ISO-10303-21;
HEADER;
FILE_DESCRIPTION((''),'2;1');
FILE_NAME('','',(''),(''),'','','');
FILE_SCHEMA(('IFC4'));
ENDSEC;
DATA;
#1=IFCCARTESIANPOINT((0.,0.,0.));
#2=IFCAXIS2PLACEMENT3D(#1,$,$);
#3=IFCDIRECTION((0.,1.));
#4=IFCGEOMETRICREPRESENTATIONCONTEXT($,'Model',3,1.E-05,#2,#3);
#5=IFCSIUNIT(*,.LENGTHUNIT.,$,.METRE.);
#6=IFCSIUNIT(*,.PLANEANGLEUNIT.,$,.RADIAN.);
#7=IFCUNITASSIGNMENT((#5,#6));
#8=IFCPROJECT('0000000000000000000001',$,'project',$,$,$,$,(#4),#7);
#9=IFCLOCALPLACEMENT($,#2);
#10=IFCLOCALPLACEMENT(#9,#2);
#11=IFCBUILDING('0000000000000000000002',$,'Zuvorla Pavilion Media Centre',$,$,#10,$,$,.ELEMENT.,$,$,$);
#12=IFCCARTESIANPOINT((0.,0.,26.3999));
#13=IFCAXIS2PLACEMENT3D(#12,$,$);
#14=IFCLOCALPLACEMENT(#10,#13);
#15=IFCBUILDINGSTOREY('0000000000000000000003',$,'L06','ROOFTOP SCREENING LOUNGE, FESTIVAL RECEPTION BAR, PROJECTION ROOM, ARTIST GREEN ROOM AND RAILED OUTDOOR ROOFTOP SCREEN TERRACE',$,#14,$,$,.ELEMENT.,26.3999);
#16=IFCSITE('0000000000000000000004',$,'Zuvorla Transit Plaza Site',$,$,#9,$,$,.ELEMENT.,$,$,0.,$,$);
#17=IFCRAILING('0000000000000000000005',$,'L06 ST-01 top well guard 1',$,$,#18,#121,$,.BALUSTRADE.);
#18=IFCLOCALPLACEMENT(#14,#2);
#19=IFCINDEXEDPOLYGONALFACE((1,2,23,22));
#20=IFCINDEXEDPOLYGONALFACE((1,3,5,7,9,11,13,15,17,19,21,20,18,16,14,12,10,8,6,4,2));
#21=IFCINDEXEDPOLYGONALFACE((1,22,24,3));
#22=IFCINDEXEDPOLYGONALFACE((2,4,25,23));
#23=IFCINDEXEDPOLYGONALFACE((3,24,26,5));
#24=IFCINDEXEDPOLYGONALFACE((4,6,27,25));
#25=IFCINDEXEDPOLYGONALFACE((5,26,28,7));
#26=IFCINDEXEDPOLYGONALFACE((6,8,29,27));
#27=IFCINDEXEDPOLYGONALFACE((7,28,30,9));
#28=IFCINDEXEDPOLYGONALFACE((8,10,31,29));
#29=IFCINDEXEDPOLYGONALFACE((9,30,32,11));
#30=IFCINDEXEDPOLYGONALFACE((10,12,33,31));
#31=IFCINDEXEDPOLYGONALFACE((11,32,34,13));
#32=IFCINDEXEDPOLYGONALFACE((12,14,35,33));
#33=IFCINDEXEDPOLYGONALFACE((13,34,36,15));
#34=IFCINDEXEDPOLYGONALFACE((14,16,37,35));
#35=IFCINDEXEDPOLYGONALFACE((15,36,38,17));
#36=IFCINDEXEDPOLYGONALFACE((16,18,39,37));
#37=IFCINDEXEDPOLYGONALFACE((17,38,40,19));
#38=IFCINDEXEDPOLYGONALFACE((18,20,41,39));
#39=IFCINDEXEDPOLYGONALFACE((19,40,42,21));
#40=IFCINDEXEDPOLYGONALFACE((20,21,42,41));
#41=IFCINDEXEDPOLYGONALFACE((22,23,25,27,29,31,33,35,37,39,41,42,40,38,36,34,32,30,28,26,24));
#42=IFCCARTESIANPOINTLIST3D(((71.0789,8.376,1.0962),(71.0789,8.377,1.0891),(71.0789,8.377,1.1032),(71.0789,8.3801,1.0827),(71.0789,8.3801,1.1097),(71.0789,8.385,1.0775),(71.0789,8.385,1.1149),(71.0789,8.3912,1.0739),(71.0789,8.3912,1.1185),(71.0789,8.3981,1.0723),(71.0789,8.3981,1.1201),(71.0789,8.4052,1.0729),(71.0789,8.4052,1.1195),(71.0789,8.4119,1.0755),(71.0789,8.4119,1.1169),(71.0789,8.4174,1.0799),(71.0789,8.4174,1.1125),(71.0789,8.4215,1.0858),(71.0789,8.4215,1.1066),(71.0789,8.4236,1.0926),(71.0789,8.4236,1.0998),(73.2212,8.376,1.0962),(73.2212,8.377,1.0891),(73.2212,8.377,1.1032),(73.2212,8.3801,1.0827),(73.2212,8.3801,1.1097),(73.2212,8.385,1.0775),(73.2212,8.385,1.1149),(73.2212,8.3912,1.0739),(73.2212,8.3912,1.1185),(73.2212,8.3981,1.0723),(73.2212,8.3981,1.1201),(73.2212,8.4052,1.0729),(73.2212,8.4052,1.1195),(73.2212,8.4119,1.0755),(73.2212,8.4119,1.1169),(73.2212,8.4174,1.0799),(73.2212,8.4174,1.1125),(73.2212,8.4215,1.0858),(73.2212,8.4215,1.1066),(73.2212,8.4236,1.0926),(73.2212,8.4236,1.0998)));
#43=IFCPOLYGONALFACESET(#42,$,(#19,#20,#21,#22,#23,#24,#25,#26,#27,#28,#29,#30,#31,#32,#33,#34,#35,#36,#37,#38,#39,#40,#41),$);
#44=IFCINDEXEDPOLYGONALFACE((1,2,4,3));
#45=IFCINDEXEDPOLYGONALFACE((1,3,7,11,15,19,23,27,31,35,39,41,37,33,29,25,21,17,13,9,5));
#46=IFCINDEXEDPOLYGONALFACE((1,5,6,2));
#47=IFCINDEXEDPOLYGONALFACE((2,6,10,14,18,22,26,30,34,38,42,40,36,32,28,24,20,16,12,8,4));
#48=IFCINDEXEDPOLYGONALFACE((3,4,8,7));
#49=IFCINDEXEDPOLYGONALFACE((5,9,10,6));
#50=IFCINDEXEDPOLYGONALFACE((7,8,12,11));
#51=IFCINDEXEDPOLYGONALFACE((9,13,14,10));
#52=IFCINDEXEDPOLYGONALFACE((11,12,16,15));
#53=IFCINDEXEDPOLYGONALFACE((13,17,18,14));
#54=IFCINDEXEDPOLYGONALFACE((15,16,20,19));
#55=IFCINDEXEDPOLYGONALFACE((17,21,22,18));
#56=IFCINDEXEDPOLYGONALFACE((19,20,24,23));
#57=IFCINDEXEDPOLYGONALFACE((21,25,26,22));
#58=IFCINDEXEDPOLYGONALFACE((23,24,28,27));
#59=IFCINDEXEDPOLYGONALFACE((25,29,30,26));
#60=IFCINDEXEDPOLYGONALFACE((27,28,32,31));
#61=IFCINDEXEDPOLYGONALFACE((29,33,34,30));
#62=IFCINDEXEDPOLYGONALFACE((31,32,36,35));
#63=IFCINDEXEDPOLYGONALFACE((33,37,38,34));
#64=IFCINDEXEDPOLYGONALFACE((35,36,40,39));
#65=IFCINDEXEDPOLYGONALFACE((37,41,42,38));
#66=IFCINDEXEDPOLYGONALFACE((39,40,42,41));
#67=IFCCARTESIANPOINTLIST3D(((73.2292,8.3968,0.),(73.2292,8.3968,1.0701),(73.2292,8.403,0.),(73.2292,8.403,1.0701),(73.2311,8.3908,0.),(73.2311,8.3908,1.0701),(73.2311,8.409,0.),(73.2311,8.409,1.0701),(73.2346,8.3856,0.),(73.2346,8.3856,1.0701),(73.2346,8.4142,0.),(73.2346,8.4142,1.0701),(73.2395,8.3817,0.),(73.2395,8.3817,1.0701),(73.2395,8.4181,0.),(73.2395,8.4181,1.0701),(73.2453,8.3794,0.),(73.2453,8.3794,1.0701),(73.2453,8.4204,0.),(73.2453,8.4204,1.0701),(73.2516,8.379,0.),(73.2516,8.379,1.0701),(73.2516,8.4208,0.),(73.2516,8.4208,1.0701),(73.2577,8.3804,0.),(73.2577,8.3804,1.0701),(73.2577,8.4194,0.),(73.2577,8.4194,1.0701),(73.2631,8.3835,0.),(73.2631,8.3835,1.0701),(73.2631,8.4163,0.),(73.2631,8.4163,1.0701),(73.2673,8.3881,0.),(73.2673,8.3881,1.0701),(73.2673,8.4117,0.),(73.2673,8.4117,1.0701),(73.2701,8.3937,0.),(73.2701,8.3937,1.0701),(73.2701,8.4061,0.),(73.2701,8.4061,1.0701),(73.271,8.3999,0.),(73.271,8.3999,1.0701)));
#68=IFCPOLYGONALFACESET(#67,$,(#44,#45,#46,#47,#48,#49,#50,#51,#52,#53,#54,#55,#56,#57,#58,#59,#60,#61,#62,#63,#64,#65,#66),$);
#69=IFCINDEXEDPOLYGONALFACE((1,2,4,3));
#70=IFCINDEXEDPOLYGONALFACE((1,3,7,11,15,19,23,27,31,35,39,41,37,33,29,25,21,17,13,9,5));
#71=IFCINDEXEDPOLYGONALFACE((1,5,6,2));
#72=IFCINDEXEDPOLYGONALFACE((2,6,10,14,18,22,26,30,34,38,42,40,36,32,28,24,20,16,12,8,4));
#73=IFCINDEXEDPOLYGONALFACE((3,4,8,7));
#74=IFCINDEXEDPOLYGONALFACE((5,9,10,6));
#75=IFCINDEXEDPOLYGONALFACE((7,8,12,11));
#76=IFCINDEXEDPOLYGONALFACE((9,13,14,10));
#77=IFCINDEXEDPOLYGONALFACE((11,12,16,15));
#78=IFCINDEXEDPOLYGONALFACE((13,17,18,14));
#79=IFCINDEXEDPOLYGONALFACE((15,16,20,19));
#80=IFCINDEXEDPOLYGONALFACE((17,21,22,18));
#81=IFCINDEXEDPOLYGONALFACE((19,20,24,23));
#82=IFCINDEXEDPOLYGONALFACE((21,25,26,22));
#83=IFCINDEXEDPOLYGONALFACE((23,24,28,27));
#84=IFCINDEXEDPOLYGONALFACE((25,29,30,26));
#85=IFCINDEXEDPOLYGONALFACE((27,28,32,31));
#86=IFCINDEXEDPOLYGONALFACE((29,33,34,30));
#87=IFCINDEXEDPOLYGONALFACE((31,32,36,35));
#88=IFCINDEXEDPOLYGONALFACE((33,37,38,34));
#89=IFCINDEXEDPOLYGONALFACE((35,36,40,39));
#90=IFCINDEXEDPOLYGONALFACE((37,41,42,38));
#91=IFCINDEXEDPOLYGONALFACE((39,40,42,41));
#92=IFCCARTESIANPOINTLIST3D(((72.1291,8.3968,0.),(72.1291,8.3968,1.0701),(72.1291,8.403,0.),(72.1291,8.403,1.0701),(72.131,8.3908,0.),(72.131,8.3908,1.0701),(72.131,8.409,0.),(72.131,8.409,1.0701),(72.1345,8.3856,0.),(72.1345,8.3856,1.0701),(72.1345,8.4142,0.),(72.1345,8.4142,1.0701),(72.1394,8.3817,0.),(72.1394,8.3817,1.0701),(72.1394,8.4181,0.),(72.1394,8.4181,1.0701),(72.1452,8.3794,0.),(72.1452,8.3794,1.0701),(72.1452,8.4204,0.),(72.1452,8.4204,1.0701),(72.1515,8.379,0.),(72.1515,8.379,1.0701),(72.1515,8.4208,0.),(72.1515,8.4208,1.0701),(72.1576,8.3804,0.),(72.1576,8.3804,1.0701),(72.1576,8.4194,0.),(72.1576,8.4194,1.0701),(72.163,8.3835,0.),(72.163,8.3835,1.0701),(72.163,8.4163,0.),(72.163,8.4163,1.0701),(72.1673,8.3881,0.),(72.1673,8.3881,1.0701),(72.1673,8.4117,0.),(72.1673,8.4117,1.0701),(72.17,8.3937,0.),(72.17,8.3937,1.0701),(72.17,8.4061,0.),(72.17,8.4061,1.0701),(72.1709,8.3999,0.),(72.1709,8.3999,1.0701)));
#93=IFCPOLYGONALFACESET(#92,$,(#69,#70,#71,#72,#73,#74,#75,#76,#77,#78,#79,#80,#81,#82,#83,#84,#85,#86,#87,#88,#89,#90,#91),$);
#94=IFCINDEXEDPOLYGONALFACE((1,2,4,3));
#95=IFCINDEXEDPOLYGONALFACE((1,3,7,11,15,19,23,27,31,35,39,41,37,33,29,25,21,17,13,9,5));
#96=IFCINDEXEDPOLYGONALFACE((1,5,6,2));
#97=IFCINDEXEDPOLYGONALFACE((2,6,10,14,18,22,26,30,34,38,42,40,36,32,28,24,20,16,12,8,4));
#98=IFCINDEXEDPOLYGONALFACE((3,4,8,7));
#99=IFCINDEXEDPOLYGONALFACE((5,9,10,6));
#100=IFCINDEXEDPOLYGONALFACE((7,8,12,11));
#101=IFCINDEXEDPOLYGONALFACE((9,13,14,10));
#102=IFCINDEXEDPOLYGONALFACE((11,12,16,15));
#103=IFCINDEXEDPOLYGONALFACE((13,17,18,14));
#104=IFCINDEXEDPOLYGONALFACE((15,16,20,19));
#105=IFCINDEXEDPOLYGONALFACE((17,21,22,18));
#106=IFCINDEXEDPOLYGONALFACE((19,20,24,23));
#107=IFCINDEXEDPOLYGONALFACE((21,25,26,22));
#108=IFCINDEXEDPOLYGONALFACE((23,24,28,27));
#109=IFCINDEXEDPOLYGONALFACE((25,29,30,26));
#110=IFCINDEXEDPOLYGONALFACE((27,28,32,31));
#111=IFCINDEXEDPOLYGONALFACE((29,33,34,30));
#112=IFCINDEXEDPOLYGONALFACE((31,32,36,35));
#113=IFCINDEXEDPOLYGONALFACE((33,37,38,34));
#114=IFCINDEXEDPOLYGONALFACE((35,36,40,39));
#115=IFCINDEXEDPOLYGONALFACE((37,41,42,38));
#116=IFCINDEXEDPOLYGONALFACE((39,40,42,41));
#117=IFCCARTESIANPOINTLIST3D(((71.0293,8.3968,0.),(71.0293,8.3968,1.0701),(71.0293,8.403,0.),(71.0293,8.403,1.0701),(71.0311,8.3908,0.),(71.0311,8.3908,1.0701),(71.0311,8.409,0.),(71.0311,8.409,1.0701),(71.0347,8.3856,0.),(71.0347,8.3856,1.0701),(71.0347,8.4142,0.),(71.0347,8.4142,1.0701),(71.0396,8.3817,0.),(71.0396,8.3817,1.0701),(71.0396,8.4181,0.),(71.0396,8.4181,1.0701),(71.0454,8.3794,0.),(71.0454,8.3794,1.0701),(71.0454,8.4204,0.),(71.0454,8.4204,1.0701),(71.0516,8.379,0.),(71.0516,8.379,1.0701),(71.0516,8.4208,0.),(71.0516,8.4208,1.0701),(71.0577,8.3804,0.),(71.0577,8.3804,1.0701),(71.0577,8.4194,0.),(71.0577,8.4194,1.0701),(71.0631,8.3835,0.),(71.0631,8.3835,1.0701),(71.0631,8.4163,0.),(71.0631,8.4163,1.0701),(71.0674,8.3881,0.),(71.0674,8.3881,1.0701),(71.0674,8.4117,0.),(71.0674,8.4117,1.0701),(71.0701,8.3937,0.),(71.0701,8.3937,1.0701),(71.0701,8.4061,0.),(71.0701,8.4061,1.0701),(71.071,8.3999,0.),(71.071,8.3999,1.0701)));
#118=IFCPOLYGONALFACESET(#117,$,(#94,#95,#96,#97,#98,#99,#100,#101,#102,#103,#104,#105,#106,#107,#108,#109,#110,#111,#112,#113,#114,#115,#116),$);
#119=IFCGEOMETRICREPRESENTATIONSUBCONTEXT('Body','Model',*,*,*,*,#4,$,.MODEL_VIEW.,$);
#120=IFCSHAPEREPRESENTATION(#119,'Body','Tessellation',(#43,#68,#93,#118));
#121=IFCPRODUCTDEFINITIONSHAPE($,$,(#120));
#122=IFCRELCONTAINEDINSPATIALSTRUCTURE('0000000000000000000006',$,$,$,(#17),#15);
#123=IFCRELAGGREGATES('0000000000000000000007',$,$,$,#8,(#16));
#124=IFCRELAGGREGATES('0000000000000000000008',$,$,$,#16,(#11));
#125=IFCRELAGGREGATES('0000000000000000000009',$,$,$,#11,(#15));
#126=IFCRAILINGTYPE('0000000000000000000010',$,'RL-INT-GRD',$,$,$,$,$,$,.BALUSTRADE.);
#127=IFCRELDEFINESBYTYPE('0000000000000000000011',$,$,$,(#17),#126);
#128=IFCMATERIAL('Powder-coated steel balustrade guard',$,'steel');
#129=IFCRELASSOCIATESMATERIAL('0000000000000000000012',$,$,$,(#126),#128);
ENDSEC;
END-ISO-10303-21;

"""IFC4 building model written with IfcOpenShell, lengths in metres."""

from ifc_helpers import new_model, si_unit, direction, frame, origin, origin_2d, place, context, subcontext, project, spatial, circle, extrude, material, type_object, element, save


model = new_model("IFC4")

# Units and contexts
model_context = context("Model", 3, precision=1e-05, world=origin(), true_north=direction((0.0, 1.0)))
body_context = subcontext(model_context, "Body", "Model", "MODEL_VIEW")
ifc_project = project(units=[si_unit("LENGTHUNIT", "METRE"), si_unit("PLANEANGLEUNIT", "RADIAN")], contexts=[model_context])

# Site, building, storey
site_placement = place(None, origin())
site = spatial("IfcSite", under=ifc_project, at=site_placement, Name="Zuvorla Transit Plaza Site", CompositionType="ELEMENT", RefElevation=0.0)
building_placement = place(site_placement, origin())
building = spatial("IfcBuilding", under=site, at=building_placement, Name="Zuvorla Pavilion Media Centre", CompositionType="ELEMENT")
storey_placement = place(building_placement, frame((0.0, 0.0, 26.3999)))
storey = spatial("IfcBuildingStorey", under=building, at=storey_placement, Name="L06", Description="ROOFTOP SCREENING LOUNGE, FESTIVAL RECEPTION BAR, PROJECTION ROOM, ARTIST GREEN ROOM AND RAILED OUTDOOR ROOFTOP SCREEN TERRACE", CompositionType="ELEMENT", Elevation=26.3999)

# Railing
ifc_material_1 = material(Name="Powder-coated steel balustrade guard", Category="steel")
railing_type = type_object("IfcRailingType", Name="RL-INT-GRD", PredefinedType="BALUSTRADE", material=ifc_material_1)
railing_placement = place(storey_placement, frame((73.25, 8.3999, 0.0)))
element("IfcRailing", 1, at=railing_placement, inside=storey, type_object=railing_type, Name="L06 ST-01 top well guard 1", PredefinedType="BALUSTRADE", context=body_context, shape_type="SweptSolid", body=[
    extrude(circle(Radius=0.0239, at=origin_2d()), frame((-0.0288, 0.0, 1.0962), z_axis=(-1.0, 0.0, 0.0), x_axis=(0.0, -1.0, 0.0)), (0.0, 0.0, 1.0), 2.1423),
    extrude(circle(Radius=0.021, at=origin_2d()), origin(), (0.0, 0.0, 1.0), 1.0701),
    extrude(circle(Radius=0.021, at=origin_2d()), frame((-1.1001, 0.0, 0.0)), (0.0, 0.0, 1.0), 1.0701),
    extrude(circle(Radius=0.021, at=origin_2d()), frame((-2.2, 0.0, 0.0)), (0.0, 0.0, 1.0), 1.0701),
])

save(model, "model.ifc")
